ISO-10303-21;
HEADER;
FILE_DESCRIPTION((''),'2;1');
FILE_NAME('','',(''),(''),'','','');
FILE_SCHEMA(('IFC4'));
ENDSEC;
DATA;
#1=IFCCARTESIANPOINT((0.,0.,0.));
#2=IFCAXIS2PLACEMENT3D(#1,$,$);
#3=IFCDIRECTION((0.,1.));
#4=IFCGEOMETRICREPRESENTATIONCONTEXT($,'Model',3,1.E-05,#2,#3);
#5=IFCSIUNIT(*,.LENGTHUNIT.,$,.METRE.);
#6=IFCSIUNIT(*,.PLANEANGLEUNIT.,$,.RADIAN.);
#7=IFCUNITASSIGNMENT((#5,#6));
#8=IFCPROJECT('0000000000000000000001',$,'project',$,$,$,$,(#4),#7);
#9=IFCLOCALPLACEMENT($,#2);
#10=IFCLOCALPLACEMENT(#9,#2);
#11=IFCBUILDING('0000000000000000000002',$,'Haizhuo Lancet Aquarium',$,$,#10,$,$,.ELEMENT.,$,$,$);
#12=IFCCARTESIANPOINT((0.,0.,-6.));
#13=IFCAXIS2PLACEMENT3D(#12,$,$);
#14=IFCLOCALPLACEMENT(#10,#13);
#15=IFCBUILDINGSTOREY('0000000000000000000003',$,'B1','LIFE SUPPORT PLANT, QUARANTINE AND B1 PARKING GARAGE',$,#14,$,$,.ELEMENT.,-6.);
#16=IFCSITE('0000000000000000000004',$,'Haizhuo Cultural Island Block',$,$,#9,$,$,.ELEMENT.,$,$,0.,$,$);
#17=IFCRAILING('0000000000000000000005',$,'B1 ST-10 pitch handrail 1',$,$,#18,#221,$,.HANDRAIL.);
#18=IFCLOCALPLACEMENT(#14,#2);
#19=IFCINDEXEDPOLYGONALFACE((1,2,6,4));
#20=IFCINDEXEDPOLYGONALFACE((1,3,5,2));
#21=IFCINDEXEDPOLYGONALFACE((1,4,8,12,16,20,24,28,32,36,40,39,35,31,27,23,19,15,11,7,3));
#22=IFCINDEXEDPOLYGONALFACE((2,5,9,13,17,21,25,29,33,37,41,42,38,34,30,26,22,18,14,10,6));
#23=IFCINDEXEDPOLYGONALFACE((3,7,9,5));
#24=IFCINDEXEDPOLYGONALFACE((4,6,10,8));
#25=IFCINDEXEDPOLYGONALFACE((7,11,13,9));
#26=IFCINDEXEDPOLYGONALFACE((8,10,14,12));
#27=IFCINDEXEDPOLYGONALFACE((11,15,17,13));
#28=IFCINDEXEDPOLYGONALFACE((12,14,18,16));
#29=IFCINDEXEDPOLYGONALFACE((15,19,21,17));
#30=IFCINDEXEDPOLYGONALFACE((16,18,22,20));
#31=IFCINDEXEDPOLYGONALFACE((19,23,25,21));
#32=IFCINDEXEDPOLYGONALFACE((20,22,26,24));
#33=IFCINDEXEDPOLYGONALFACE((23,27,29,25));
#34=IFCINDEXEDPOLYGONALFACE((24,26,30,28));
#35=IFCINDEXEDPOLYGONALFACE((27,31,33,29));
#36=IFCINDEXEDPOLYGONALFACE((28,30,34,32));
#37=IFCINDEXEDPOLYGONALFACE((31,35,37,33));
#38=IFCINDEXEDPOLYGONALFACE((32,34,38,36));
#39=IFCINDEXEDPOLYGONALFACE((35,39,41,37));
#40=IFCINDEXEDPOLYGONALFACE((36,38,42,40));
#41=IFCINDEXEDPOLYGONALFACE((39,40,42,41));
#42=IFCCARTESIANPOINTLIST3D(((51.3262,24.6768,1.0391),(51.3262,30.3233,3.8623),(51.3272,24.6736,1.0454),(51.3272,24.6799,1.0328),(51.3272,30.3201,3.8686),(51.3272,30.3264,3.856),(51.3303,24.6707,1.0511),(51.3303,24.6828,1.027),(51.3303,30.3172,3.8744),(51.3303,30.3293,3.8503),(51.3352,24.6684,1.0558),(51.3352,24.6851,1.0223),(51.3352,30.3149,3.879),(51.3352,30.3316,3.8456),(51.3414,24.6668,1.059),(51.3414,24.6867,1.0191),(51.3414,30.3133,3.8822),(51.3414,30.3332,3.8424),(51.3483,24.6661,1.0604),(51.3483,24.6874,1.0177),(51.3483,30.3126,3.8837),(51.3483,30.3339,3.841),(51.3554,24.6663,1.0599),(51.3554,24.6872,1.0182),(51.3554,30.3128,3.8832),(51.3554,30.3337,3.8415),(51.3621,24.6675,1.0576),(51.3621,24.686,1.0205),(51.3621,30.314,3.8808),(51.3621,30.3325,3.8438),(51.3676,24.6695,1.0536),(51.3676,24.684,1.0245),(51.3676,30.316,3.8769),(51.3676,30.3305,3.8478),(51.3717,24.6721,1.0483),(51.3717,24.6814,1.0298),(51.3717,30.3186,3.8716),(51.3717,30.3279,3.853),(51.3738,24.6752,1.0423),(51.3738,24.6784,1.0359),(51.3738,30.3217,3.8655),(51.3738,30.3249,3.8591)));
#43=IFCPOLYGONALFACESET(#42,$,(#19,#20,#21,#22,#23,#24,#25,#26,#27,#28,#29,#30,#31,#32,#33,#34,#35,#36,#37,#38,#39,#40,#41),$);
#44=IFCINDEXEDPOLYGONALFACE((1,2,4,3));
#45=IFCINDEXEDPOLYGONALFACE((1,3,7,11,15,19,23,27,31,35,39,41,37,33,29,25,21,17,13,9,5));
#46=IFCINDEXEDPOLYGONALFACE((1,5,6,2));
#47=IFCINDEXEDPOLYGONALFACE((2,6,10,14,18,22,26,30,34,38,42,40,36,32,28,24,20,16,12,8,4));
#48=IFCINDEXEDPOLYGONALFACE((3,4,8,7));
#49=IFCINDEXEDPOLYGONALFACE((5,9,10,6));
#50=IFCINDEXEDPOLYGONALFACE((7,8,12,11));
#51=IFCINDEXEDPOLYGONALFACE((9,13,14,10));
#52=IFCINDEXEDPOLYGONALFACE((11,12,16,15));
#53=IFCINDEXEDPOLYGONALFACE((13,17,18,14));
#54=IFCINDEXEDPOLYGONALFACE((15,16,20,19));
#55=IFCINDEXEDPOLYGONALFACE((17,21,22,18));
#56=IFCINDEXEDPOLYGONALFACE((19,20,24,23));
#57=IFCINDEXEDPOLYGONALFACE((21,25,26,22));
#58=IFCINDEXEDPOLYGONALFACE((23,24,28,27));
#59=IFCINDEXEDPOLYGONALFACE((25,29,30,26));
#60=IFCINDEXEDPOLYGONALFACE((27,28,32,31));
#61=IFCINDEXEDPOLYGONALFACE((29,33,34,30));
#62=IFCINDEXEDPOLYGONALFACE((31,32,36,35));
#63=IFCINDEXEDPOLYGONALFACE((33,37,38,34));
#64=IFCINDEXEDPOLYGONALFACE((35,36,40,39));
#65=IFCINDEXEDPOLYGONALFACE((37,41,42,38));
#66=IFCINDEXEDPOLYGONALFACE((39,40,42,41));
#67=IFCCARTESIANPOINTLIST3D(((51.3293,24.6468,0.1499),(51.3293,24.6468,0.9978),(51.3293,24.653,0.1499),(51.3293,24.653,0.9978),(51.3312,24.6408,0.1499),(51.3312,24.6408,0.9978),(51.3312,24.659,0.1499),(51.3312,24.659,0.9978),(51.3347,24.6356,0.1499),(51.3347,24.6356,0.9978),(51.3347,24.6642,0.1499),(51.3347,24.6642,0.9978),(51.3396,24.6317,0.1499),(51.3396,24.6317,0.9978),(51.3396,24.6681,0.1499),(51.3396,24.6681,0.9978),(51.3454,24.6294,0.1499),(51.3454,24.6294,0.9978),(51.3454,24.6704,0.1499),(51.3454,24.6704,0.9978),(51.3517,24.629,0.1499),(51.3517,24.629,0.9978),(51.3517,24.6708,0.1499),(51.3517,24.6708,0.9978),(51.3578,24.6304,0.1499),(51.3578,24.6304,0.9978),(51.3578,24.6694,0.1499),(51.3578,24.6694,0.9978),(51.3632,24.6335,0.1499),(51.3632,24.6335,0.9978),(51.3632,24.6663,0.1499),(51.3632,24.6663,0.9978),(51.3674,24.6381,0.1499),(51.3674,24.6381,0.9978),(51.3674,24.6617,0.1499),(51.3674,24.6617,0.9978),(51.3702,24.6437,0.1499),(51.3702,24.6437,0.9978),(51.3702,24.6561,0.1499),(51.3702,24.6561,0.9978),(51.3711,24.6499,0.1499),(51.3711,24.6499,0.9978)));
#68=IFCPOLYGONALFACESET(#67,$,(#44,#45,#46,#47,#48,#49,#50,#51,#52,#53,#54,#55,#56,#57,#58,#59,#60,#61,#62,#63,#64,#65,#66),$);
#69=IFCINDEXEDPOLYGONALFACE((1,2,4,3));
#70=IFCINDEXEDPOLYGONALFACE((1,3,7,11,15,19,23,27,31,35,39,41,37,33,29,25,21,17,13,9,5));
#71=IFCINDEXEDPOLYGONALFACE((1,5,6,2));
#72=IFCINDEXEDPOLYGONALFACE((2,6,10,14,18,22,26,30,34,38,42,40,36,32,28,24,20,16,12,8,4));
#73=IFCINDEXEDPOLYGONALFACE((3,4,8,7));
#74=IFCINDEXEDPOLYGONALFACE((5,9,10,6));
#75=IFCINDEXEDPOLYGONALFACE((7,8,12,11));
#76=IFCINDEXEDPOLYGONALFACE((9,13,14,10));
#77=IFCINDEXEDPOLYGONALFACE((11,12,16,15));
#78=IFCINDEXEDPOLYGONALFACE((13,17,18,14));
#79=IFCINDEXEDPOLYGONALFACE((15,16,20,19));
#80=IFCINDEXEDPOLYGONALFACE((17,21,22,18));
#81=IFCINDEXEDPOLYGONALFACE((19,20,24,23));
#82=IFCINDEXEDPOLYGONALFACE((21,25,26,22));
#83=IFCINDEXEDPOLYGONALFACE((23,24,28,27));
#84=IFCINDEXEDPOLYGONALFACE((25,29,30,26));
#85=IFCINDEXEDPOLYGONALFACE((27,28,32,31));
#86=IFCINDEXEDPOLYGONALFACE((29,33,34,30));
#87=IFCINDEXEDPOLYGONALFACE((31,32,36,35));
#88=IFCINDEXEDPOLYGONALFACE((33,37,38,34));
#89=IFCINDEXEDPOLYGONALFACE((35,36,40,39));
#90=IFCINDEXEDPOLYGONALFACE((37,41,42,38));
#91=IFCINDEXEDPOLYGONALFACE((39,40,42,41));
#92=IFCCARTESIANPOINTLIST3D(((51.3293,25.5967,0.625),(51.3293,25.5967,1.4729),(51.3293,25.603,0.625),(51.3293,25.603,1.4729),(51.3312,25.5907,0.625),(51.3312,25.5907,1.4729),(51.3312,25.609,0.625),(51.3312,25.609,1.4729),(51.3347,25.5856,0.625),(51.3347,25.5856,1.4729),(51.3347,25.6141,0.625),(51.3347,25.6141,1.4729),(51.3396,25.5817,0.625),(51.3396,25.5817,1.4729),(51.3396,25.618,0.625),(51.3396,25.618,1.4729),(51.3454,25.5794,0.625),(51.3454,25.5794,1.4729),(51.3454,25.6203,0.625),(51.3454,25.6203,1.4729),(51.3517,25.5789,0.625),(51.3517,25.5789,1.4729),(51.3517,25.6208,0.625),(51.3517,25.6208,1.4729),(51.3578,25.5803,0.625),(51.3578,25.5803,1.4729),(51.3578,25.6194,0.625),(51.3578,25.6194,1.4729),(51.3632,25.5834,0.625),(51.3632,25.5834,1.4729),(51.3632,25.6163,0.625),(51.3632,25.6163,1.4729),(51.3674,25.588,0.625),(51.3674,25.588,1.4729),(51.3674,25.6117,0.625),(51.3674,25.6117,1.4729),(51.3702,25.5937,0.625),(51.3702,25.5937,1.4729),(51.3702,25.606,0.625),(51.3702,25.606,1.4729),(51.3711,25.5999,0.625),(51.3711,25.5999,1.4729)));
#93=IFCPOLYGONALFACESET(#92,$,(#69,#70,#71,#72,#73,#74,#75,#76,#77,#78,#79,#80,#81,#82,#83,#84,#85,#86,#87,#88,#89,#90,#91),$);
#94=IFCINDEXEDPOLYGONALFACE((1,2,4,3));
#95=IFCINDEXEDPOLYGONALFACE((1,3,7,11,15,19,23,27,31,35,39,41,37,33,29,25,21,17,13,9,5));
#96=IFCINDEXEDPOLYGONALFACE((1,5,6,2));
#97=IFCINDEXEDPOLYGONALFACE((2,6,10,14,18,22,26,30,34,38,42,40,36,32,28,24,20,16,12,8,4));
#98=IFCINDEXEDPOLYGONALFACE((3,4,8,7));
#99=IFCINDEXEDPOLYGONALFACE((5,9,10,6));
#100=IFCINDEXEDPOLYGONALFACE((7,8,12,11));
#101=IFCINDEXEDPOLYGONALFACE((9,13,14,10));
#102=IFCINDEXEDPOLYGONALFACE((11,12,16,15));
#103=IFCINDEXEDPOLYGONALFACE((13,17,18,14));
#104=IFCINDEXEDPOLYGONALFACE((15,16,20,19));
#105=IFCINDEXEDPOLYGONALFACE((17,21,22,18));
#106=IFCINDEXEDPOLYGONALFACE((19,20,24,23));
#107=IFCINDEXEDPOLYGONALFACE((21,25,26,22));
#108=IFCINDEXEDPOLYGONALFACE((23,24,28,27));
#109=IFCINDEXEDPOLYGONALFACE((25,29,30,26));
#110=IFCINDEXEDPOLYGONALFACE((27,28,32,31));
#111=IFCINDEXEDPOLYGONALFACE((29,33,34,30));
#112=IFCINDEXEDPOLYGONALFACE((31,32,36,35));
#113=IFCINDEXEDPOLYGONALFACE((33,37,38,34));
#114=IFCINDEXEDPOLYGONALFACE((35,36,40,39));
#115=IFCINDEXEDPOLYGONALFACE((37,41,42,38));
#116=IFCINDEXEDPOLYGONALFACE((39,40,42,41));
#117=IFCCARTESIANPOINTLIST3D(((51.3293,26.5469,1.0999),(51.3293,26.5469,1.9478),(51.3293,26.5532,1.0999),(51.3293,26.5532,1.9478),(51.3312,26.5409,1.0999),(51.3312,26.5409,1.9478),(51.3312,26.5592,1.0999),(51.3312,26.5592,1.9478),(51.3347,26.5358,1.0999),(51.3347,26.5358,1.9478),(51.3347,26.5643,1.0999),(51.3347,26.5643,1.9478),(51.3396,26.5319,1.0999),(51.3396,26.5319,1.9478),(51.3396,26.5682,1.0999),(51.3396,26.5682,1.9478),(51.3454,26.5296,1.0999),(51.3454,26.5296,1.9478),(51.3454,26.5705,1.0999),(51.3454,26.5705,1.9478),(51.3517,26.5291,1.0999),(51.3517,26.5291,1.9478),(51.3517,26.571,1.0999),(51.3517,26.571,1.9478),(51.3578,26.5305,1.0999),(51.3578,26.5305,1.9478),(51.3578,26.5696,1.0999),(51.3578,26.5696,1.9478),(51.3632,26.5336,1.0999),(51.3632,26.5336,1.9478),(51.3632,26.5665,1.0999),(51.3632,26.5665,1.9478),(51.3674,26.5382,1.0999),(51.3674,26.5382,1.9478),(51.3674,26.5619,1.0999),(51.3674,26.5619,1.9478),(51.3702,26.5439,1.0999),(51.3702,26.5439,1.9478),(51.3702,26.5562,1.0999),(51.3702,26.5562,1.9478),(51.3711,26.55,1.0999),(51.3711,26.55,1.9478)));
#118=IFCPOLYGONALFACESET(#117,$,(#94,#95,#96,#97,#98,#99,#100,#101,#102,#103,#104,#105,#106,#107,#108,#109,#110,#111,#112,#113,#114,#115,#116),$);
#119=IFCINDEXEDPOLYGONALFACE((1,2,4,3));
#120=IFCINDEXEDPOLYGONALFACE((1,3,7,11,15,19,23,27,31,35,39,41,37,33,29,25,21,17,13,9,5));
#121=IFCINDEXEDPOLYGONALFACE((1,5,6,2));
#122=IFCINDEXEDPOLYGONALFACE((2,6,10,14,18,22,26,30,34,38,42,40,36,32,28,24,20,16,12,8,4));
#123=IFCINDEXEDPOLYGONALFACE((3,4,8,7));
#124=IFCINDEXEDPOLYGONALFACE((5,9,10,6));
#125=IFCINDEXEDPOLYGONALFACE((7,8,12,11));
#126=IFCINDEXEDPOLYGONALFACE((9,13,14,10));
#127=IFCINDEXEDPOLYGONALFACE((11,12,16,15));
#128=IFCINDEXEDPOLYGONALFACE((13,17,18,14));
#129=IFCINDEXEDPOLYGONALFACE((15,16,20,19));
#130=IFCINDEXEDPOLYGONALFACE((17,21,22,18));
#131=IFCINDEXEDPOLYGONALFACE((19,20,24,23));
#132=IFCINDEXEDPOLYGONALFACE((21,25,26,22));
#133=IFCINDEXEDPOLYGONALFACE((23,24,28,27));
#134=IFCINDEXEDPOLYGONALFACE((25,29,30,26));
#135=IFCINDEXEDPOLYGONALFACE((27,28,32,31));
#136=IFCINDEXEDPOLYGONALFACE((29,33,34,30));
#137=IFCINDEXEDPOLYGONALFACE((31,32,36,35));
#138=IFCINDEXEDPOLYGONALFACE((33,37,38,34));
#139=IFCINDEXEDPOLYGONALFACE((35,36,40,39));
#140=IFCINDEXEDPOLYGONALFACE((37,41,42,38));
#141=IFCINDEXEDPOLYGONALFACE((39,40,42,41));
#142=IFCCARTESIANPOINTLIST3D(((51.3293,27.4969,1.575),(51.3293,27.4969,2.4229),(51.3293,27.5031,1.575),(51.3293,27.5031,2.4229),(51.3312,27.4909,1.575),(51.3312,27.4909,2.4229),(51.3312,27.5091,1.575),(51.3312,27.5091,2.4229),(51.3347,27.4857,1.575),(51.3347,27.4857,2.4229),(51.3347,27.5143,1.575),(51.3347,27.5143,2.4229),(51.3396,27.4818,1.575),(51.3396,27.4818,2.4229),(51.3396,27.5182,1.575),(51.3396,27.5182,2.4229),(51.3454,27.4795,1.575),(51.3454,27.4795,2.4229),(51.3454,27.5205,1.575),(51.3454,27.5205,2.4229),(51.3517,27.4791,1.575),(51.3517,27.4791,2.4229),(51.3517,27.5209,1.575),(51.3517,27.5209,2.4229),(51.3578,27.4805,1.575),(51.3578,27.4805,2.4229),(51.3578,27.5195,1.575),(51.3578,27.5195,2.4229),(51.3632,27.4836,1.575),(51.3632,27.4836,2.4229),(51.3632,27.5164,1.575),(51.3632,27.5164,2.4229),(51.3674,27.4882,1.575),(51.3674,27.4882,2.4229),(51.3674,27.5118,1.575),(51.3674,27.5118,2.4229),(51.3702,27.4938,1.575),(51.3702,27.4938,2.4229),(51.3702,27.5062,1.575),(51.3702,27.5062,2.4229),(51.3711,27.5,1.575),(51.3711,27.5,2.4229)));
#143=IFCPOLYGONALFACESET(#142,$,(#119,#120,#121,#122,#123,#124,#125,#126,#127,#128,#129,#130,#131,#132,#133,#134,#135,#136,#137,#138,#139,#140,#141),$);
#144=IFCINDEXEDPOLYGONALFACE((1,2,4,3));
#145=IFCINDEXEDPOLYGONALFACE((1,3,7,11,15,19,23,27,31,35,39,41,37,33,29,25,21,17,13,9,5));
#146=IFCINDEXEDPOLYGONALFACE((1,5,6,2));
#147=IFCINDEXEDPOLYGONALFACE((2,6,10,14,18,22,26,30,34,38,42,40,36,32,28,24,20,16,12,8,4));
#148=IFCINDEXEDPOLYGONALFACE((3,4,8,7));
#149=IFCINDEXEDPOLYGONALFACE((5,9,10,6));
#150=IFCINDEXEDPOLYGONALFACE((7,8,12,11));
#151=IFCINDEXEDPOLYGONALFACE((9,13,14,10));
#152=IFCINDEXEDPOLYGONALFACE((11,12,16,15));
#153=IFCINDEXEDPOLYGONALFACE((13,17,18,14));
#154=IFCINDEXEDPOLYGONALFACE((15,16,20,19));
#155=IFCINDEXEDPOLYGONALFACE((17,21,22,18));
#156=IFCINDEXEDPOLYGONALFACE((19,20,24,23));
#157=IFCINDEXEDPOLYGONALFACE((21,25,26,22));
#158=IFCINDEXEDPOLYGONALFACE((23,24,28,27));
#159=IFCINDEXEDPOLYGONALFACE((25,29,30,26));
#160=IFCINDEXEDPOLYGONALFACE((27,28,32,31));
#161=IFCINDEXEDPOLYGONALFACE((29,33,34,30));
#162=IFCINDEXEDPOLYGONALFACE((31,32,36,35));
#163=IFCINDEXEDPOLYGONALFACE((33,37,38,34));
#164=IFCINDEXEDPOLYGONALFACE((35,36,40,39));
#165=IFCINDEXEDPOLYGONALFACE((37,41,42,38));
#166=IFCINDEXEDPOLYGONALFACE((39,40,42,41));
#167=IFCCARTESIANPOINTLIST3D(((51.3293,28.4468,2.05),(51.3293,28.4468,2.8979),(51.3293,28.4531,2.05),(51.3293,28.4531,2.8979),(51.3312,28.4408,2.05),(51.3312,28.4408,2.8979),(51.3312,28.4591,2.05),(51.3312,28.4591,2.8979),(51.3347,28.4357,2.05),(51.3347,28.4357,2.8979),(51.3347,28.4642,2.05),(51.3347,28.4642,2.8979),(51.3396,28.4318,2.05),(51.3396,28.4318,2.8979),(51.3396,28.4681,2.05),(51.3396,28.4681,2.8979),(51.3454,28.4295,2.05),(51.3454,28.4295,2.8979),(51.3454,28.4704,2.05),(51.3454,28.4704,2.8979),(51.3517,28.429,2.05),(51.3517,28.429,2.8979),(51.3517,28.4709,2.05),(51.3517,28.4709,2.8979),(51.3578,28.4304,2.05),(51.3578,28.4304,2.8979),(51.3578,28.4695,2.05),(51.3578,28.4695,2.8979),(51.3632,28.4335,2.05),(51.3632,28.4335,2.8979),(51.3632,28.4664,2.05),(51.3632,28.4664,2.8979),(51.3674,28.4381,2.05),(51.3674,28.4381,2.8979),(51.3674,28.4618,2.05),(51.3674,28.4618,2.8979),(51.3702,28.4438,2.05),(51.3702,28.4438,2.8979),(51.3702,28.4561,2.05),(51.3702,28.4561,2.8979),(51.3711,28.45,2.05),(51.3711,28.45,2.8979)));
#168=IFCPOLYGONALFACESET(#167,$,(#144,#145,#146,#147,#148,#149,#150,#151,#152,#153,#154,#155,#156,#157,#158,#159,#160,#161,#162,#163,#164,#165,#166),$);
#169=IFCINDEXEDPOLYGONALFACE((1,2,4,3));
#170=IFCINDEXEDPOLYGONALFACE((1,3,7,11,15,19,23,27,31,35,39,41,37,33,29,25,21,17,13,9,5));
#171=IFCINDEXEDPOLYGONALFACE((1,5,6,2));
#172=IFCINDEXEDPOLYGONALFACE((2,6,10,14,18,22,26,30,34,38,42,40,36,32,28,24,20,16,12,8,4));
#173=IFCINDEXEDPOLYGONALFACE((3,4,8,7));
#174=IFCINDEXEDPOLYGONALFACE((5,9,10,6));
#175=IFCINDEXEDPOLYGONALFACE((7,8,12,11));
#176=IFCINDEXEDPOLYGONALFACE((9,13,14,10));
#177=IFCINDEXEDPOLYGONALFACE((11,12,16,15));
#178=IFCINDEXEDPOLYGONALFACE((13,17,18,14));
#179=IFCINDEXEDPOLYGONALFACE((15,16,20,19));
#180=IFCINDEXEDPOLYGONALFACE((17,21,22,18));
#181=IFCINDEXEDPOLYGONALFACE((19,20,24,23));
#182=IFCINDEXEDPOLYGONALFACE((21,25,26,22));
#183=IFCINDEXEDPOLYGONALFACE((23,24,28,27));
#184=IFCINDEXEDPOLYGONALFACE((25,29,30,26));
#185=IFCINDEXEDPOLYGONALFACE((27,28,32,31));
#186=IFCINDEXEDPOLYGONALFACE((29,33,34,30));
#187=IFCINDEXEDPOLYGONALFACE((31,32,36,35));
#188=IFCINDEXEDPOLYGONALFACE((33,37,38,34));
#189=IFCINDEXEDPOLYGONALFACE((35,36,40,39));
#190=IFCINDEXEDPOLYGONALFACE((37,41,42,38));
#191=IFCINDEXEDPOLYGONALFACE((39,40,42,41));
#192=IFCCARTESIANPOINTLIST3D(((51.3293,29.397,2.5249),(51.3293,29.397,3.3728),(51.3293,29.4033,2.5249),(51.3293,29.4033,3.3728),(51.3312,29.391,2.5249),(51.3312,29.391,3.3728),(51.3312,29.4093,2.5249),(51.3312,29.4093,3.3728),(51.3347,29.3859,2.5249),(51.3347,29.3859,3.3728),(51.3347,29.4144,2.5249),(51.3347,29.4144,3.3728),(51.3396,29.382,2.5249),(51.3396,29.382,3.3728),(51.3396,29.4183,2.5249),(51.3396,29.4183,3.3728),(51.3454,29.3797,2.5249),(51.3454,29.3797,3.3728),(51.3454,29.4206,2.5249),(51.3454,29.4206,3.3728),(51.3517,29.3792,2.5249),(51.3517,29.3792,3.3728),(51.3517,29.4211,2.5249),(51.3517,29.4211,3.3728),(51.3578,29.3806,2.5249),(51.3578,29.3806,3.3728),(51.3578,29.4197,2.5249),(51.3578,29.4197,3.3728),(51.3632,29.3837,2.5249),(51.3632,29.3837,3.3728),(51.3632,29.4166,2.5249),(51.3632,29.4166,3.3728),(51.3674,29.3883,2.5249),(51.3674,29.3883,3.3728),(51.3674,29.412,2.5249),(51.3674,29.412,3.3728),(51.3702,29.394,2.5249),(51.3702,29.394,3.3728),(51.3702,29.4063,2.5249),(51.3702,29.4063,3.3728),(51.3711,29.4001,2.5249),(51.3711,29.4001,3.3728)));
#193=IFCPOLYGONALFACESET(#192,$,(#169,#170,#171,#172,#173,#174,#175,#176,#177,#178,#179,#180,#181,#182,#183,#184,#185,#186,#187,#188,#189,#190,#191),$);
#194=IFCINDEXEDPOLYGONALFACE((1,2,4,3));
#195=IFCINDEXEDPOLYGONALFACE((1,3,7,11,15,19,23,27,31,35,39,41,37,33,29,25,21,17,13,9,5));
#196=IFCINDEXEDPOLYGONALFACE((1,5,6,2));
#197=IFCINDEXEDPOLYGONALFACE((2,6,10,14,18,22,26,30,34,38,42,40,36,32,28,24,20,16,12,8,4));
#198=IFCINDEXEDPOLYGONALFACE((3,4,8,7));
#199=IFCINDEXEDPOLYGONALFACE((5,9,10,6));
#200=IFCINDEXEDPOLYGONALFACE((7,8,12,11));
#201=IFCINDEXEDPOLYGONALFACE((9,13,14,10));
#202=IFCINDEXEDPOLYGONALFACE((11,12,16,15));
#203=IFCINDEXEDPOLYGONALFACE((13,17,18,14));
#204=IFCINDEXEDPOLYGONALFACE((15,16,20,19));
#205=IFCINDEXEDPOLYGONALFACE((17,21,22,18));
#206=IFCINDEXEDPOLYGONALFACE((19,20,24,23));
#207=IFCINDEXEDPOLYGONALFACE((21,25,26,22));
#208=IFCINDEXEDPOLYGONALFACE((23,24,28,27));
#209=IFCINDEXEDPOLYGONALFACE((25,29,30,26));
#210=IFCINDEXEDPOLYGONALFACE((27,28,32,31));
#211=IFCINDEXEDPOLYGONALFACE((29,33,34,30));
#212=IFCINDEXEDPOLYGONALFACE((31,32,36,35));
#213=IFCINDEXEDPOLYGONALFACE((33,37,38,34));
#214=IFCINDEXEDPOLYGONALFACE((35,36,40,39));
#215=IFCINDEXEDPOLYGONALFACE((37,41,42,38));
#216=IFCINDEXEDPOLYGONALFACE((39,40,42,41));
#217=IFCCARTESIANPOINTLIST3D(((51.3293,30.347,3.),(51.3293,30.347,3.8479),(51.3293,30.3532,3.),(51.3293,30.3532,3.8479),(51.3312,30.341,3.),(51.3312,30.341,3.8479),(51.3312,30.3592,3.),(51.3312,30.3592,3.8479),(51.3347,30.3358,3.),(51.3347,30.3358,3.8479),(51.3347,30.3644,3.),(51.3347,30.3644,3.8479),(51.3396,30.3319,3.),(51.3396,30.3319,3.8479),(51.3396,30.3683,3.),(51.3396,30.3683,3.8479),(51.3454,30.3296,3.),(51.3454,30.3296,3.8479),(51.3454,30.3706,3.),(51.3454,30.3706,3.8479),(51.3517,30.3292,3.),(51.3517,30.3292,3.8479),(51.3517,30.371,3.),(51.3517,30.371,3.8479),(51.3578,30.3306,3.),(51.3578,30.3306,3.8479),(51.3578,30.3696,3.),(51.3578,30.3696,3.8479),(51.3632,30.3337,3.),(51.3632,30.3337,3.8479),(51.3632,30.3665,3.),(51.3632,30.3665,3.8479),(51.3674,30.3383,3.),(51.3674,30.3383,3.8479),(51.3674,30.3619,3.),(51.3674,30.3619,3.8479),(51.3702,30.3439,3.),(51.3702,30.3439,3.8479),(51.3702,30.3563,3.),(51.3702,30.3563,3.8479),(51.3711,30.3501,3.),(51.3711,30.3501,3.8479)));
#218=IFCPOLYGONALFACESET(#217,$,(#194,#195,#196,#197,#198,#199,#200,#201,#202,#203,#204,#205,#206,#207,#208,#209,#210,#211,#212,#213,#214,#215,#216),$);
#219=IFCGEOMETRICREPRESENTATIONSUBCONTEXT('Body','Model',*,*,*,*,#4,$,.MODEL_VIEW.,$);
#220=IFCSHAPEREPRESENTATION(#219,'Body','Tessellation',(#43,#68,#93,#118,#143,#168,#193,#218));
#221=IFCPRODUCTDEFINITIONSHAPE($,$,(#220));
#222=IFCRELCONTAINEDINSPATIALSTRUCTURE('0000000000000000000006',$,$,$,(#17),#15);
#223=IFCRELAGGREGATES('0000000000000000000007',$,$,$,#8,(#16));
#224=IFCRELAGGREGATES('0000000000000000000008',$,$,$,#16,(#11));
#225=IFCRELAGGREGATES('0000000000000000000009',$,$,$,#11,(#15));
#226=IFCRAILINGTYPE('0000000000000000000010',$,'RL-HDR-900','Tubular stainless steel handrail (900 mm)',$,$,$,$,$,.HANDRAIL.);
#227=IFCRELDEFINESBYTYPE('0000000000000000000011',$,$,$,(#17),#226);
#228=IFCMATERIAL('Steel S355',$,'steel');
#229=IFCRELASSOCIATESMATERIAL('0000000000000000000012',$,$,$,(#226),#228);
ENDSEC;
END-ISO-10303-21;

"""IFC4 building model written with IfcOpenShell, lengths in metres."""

from ifc_helpers import new_model, si_unit, direction, frame, origin, origin_2d, place, context, subcontext, project, spatial, circle, extrude, material, type_object, element, save


model = new_model("IFC4")

# Units and contexts
model_context = context("Model", 3, precision=1e-05, world=origin(), true_north=direction((0.0, 1.0)))
body_context = subcontext(model_context, "Body", "Model", "MODEL_VIEW")
ifc_project = project(units=[si_unit("LENGTHUNIT", "METRE"), si_unit("PLANEANGLEUNIT", "RADIAN")], contexts=[model_context])

# Site, building, storey
site_placement = place(None, origin())
site = spatial("IfcSite", under=ifc_project, at=site_placement, Name="Haizhuo Cultural Island Block", CompositionType="ELEMENT", RefElevation=0.0)
building_placement = place(site_placement, origin())
building = spatial("IfcBuilding", under=site, at=building_placement, Name="Haizhuo Lancet Aquarium", CompositionType="ELEMENT")
storey_placement = place(building_placement, frame((0.0, 0.0, -6.0)))
storey = spatial("IfcBuildingStorey", under=building, at=storey_placement, Name="B1", Description="LIFE SUPPORT PLANT, QUARANTINE AND B1 PARKING GARAGE", CompositionType="ELEMENT", Elevation=-6.0)

# Shared definitions
ifc_material_1 = material(Name="Steel S355", Category="steel")

# Railing
railing_type_1 = type_object("IfcRailingType", Name="RL-HDR-900", Description="Tubular stainless steel handrail (900 mm)", PredefinedType="HANDRAIL", material=ifc_material_1)
railing_1_placement = place(storey_placement, frame((51.3501, 24.6499, 0.1499)))
element("IfcRailing", 1, at=railing_1_placement, inside=storey, type_object=railing_type_1, Name="B1 ST-10 pitch handrail 1", PredefinedType="HANDRAIL", context=body_context, shape_type="SweptSolid", body=[
    extrude(circle(Radius=0.0239, at=origin_2d()), frame((0.0, 0.0269, 0.8892), z_axis=(0.0, 0.894427, 0.447214), x_axis=(-1.0, 0.0, 0.0)), (0.0, 0.0, 1.0), 6.313),
    extrude(circle(Radius=0.021, at=origin_2d()), origin(), (0.0, 0.0, 1.0), 0.8479),
    extrude(circle(Radius=0.021, at=origin_2d()), frame((0.0, 0.95, 0.4751)), (0.0, 0.0, 1.0), 0.8479),
    extrude(circle(Radius=0.021, at=origin_2d()), frame((0.0, 1.9001, 0.95)), (0.0, 0.0, 1.0), 0.8479),
    extrude(circle(Radius=0.021, at=origin_2d()), frame((0.0, 2.8501, 1.425)), (0.0, 0.0, 1.0), 0.8479),
    extrude(circle(Radius=0.021, at=origin_2d()), frame((0.0, 3.8, 1.9001)), (0.0, 0.0, 1.0), 0.8479),
    extrude(circle(Radius=0.021, at=origin_2d()), frame((0.0, 4.7502, 2.375)), (0.0, 0.0, 1.0), 0.8479),
    extrude(circle(Radius=0.021, at=origin_2d()), frame((0.0, 5.7002, 2.8501)), (0.0, 0.0, 1.0), 0.8479),
])

save(model, "model.ifc")
